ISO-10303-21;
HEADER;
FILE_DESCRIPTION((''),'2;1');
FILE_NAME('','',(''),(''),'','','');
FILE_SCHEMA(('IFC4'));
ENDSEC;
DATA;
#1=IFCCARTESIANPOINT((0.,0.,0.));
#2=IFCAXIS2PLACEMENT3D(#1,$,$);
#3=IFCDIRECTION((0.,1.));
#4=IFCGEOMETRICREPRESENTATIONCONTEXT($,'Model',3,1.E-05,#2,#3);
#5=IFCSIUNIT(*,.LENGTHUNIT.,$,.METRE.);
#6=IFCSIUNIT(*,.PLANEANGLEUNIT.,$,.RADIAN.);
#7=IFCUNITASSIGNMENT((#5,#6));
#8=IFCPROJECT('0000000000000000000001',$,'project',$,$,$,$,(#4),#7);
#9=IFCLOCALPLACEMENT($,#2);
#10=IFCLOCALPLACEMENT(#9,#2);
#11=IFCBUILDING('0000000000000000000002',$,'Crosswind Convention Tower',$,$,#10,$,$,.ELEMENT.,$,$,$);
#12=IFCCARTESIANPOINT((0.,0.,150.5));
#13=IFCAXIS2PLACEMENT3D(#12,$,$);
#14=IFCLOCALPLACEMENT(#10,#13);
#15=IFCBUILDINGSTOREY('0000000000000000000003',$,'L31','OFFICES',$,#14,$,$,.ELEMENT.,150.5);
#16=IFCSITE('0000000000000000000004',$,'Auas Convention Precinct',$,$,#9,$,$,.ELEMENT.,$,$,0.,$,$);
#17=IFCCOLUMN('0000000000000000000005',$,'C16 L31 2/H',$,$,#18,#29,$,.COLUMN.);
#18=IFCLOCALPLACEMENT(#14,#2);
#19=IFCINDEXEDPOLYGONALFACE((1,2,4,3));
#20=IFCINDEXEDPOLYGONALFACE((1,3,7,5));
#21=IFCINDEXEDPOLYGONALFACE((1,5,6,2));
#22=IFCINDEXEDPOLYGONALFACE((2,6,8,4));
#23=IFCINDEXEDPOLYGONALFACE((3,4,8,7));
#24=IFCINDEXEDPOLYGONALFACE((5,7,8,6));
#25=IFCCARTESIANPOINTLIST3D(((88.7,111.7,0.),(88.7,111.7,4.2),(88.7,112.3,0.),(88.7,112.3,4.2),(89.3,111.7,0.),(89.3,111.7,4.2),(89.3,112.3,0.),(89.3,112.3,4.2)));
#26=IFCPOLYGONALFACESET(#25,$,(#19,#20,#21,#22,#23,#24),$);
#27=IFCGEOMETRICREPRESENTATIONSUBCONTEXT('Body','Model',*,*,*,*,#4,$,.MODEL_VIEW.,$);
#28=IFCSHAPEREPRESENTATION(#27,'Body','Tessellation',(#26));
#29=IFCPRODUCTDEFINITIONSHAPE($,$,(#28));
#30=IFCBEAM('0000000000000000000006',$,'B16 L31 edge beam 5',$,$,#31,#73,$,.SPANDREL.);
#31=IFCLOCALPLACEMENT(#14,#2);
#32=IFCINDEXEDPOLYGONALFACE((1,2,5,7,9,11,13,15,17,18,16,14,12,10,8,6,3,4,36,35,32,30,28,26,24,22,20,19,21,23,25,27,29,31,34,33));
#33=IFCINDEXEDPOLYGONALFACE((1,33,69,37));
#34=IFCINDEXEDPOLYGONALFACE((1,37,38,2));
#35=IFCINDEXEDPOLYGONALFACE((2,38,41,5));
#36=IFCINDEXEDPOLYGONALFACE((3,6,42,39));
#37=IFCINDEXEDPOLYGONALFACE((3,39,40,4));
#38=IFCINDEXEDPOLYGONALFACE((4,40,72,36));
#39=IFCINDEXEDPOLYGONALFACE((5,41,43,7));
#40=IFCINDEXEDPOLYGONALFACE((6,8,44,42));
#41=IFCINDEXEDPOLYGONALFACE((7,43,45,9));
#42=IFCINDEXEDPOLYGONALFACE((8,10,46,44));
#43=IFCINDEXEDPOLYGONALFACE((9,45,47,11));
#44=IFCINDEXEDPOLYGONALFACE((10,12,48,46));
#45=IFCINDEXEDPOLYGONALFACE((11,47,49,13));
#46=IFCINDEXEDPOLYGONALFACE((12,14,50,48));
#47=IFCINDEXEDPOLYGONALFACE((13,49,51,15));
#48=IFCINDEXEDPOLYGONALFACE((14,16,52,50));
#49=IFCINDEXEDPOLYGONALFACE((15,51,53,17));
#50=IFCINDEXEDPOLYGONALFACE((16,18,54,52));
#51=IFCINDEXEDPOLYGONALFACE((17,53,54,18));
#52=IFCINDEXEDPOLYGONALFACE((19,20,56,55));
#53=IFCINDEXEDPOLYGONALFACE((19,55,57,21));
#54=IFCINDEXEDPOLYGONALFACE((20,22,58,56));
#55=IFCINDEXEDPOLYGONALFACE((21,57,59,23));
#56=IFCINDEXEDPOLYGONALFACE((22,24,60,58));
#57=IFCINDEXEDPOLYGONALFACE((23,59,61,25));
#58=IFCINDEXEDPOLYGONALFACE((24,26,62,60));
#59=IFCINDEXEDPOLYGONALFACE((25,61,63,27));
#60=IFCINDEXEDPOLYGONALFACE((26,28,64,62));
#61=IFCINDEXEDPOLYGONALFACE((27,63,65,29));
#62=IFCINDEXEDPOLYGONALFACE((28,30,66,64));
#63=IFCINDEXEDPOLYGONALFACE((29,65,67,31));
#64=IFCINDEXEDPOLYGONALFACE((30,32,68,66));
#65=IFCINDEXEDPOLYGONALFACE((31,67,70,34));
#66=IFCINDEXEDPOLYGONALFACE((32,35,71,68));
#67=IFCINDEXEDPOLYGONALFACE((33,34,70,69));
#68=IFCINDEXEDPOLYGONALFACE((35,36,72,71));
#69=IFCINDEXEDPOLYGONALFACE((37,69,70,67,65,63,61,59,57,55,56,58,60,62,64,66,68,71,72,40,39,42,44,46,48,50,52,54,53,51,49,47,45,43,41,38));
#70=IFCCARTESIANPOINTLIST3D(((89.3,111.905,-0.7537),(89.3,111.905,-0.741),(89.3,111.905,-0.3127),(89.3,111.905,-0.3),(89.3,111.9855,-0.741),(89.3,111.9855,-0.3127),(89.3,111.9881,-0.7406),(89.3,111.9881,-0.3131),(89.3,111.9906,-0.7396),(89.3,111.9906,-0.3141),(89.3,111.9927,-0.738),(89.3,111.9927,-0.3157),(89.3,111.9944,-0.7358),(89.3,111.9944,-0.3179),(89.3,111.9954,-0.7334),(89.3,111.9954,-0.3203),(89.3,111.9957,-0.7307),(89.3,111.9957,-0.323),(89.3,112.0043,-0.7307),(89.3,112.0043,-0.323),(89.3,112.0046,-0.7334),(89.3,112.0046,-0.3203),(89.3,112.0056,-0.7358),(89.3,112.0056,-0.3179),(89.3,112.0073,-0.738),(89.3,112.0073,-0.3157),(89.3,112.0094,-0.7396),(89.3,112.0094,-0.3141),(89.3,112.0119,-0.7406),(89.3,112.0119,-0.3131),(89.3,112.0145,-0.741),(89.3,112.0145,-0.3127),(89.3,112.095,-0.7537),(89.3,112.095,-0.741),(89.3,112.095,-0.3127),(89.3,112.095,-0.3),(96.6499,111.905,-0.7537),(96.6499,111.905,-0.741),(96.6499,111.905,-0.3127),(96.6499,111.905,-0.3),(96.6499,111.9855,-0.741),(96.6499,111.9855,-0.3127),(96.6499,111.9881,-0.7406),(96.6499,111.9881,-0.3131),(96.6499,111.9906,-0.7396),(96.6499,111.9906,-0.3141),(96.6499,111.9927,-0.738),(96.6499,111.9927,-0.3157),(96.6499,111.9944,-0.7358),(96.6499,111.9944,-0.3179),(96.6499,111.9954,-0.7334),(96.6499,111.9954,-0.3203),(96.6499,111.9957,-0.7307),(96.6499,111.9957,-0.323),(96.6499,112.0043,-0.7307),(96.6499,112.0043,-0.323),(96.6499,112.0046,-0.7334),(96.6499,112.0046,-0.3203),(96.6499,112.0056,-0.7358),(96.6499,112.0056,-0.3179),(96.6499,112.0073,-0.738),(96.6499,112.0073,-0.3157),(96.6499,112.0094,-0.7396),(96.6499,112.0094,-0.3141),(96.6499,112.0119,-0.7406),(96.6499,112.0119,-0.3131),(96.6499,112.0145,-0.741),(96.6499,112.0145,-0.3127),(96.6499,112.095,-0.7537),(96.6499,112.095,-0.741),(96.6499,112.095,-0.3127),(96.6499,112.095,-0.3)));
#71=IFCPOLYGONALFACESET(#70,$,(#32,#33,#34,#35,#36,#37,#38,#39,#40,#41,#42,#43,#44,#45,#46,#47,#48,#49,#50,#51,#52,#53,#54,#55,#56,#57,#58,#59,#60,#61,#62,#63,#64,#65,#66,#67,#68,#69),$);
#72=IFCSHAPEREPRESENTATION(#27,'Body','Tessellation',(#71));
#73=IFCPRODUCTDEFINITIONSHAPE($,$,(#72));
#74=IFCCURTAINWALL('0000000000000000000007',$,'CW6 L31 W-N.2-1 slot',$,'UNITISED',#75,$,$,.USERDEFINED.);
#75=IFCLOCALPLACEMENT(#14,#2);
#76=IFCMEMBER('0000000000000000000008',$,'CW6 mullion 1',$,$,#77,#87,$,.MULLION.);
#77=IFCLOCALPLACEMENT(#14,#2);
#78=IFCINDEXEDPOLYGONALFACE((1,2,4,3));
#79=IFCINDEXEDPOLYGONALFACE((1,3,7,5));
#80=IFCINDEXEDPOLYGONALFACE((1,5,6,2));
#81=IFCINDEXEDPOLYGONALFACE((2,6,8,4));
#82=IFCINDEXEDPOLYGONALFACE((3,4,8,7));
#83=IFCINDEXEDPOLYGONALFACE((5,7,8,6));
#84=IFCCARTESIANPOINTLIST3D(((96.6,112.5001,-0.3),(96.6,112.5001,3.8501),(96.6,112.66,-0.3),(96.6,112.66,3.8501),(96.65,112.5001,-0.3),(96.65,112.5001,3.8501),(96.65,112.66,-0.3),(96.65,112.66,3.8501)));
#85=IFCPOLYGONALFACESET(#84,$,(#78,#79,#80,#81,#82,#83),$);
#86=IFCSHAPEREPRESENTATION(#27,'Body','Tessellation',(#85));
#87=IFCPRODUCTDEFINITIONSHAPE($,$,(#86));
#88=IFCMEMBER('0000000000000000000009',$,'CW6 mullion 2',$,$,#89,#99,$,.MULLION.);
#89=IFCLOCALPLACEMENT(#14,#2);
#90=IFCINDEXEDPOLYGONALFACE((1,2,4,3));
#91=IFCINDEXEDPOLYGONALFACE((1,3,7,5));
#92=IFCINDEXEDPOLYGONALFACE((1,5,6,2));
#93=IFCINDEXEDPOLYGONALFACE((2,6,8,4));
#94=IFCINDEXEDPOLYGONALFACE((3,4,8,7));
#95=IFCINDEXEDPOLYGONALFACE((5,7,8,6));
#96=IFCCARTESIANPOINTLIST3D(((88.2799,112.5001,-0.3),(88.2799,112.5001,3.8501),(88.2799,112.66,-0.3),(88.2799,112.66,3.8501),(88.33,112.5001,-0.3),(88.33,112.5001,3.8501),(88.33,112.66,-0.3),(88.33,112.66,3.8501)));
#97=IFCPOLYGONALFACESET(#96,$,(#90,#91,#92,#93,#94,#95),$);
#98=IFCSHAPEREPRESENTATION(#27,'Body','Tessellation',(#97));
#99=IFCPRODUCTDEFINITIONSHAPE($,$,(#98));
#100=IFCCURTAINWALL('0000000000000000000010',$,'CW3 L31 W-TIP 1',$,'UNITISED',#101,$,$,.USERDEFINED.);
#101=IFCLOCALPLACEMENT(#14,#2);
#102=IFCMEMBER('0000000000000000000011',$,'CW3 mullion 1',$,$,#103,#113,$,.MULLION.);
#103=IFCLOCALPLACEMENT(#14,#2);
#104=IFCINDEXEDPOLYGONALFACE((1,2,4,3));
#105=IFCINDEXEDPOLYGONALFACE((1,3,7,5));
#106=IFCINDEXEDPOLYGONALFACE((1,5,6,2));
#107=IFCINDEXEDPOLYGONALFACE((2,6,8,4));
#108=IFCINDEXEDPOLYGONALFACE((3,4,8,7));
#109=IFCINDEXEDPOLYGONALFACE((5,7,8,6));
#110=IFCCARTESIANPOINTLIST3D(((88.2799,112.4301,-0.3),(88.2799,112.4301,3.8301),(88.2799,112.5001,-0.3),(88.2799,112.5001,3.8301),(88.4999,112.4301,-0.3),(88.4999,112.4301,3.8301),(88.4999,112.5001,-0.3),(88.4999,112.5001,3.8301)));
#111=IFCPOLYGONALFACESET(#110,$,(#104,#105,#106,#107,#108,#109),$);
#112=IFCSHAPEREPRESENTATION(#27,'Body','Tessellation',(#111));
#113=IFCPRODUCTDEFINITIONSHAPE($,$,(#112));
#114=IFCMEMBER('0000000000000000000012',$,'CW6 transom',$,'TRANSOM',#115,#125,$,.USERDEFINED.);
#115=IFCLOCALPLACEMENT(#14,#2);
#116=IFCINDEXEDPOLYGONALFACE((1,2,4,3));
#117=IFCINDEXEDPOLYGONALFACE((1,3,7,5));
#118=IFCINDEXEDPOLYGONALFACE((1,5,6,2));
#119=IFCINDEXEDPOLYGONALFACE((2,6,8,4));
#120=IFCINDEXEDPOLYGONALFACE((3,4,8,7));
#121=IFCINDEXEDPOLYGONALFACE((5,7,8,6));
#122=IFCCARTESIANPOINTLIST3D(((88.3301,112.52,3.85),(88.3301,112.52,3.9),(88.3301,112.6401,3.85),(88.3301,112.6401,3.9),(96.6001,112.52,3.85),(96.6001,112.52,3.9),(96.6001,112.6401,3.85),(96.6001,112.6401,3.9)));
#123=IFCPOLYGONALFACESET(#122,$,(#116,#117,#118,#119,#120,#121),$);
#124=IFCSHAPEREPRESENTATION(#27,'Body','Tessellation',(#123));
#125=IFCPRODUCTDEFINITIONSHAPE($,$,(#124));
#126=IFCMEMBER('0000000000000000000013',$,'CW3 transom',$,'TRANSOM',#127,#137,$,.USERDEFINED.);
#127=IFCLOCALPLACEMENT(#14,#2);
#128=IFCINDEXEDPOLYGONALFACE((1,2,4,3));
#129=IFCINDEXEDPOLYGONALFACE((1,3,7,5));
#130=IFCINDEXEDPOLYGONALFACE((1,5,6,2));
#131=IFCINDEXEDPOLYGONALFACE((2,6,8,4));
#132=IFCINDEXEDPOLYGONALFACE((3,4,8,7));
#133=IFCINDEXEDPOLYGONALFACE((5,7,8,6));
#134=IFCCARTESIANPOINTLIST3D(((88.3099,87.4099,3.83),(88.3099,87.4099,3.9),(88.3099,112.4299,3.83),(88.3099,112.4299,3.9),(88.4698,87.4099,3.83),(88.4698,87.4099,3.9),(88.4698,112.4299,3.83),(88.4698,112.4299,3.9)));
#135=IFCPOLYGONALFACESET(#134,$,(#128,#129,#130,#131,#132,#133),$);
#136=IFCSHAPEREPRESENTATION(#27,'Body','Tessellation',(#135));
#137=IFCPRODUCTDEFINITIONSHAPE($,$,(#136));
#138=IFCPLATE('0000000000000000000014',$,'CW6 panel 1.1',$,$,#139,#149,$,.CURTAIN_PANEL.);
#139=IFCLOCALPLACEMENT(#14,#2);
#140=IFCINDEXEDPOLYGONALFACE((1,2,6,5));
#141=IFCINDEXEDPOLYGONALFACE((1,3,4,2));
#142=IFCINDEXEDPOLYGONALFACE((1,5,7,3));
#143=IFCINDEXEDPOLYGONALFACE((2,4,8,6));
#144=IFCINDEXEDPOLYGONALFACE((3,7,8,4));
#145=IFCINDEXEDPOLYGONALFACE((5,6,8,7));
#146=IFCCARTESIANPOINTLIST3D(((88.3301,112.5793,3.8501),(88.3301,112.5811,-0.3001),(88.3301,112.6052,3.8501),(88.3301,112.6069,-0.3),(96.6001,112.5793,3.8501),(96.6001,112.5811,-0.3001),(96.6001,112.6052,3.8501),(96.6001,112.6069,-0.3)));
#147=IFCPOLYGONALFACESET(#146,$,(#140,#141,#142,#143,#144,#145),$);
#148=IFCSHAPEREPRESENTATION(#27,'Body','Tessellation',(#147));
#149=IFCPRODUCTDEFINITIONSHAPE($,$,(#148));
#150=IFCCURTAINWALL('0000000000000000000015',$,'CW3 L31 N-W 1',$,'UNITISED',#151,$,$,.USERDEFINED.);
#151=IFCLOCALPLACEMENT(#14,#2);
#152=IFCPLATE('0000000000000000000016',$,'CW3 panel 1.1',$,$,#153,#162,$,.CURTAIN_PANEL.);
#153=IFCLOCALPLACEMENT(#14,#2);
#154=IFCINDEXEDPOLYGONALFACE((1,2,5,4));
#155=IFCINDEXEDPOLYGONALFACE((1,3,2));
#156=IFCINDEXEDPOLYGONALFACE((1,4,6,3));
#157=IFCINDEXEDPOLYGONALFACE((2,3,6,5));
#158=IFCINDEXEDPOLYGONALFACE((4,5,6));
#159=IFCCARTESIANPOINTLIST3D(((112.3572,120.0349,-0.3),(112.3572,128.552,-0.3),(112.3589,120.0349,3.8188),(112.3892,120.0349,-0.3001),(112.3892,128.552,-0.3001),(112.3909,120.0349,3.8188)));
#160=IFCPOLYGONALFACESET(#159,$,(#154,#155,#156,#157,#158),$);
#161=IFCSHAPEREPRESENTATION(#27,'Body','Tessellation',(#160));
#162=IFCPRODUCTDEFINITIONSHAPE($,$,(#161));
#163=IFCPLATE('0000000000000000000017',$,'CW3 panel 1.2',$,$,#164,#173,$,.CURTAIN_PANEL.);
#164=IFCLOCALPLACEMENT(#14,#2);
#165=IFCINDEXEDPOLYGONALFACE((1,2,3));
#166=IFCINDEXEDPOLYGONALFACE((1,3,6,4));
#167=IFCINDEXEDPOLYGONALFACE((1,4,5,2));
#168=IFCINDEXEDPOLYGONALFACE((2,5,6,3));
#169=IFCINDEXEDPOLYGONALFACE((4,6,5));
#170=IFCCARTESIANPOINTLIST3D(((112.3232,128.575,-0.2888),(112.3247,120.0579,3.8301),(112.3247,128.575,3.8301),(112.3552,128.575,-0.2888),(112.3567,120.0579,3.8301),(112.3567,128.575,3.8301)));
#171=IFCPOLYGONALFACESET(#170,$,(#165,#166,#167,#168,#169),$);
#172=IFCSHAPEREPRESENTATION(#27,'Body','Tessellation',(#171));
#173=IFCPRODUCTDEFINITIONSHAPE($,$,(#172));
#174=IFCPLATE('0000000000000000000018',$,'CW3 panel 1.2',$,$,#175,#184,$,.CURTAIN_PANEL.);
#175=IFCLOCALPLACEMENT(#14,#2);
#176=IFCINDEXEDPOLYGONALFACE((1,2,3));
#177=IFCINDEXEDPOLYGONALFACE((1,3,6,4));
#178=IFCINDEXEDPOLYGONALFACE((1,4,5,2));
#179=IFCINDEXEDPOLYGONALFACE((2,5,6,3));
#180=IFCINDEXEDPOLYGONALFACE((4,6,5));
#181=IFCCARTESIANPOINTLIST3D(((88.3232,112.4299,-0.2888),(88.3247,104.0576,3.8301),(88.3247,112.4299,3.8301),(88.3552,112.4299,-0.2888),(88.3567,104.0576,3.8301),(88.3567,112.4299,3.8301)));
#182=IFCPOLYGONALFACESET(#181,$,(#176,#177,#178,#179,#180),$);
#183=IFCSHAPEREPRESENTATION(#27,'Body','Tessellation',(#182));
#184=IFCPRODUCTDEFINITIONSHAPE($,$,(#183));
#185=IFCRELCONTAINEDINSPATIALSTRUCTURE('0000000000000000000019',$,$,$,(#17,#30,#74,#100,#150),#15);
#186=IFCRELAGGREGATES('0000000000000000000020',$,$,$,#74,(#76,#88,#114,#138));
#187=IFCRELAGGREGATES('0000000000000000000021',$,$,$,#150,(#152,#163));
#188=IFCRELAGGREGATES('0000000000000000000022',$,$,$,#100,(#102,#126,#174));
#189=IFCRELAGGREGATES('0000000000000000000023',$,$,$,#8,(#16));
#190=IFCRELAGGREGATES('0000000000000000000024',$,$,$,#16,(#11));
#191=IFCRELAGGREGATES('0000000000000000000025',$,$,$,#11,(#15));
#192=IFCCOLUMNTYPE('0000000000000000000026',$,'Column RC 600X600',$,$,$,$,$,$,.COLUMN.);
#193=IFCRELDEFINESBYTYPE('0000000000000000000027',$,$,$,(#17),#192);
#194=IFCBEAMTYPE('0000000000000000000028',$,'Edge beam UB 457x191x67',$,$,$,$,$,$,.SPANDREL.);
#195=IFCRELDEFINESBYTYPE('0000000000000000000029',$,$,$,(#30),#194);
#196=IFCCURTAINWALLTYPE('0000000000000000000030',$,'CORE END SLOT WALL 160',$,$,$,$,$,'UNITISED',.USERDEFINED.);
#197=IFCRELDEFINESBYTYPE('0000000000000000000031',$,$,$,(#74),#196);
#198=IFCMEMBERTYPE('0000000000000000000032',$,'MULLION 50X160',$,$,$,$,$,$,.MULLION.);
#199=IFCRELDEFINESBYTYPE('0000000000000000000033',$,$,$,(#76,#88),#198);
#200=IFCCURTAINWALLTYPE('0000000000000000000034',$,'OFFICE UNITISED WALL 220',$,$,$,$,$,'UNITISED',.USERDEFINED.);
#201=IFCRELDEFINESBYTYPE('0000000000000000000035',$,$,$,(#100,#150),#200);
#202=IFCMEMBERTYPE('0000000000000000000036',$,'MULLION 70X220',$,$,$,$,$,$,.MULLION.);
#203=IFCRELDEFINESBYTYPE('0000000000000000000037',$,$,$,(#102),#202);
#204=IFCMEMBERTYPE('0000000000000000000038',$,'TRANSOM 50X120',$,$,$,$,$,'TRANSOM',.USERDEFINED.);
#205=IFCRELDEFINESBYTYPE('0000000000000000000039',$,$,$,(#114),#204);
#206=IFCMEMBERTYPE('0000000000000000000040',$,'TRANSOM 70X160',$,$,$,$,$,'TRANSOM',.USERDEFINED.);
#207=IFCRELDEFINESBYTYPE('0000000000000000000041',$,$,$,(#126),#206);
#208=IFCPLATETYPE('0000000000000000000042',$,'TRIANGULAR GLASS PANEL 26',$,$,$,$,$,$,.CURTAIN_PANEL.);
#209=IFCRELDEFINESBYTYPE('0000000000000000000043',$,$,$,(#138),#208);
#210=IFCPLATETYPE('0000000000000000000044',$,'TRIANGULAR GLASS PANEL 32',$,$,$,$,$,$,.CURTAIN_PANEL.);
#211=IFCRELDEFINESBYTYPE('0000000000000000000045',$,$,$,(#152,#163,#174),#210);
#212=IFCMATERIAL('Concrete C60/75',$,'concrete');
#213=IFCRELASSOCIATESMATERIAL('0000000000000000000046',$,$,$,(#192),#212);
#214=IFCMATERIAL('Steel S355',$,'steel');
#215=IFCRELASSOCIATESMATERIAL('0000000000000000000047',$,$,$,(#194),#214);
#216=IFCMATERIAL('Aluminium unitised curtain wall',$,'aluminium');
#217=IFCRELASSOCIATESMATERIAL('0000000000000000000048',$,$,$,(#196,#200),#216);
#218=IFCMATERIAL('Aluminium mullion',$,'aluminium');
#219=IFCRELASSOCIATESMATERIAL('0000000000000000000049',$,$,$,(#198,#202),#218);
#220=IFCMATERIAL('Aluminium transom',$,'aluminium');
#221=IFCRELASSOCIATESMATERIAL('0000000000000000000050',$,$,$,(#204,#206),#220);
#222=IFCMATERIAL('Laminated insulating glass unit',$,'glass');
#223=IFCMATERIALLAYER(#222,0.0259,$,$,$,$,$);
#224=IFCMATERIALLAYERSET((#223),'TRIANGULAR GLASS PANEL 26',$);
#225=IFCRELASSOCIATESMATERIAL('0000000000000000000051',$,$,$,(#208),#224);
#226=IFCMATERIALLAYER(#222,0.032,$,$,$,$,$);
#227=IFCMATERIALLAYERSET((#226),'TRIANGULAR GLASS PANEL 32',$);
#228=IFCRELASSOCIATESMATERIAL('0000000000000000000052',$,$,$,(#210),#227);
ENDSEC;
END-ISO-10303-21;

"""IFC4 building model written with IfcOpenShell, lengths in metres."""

from ifc_helpers import new_model, si_unit, direction, frame, origin, origin_2d, place, context, subcontext, project, spatial, polyline, rectangle, i_section, outline, extrude, material, layer, layer_set, material_profile, profile_set, type_object, element, aggregate, save


model = new_model("IFC4")

# Units and contexts
model_context = context("Model", 3, precision=1e-05, world=origin(), true_north=direction((0.0, 1.0)))
body_context = subcontext(model_context, "Body", "Model", "MODEL_VIEW")
ifc_project = project(units=[si_unit("LENGTHUNIT", "METRE"), si_unit("PLANEANGLEUNIT", "RADIAN")], contexts=[model_context])

# Site, building, storey
site_placement = place(None, origin())
site = spatial("IfcSite", under=ifc_project, at=site_placement, Name="Auas Convention Precinct", CompositionType="ELEMENT", RefElevation=0.0)
building_placement = place(site_placement, origin())
building = spatial("IfcBuilding", under=site, at=building_placement, Name="Crosswind Convention Tower", CompositionType="ELEMENT")
storey_placement = place(building_placement, frame((0.0, 0.0, 150.5)))
storey = spatial("IfcBuildingStorey", under=building, at=storey_placement, Name="L31", Description="OFFICES", CompositionType="ELEMENT", Elevation=150.5)

# Column
ifc_material_1 = material(Name="Concrete C60/75", Category="concrete")
ifc_material_profile_1 = material_profile(ifc_material_1, rectangle(XDim=0.6001, YDim=0.6001, at=origin_2d()), Name="RC 600X600")
ifc_profile_set_1 = profile_set([ifc_material_profile_1], Name="Concrete C60/75")
column_type = type_object("IfcColumnType", Name="Column RC 600X600", PredefinedType="COLUMN", material=ifc_profile_set_1)
column_placement = place(storey_placement, frame((89.0, 112.0, 0.0), z_axis=(0.0, 0.0, 1.0), x_axis=(1.0, 0.0, 0.0)))
element("IfcColumn", 1, at=column_placement, inside=storey, type_object=column_type, Name="C16 L31 2/H", PredefinedType="COLUMN", context=body_context, shape_type="SweptSolid", body=[
    extrude(rectangle(XDim=0.6001, YDim=0.6001, at=origin_2d()), origin(), (0.0, 0.0, 1.0), 4.2),
])

# Beam
ifc_material_2 = material(Name="Steel S355", Category="steel")
ifc_material_profile_2 = material_profile(ifc_material_2, i_section(OverallWidth=0.1899, OverallDepth=0.4536, WebThickness=0.0085, FlangeThickness=0.0127, FilletRadius=0.0103, at=origin_2d()), Name="UB 457x191x67")
ifc_profile_set_2 = profile_set([ifc_material_profile_2], Name="Steel S355")
beam_type = type_object("IfcBeamType", Name="Edge beam UB 457x191x67", PredefinedType="SPANDREL", material=ifc_profile_set_2)
beam_placement = place(storey_placement, frame((89.3, 112.0, -0.5269), z_axis=(1.0, 0.0, 0.0), x_axis=(0.0, 1.0, 0.0)))
element("IfcBeam", 2, at=beam_placement, inside=storey, type_object=beam_type, Name="B16 L31 edge beam 5", PredefinedType="SPANDREL", context=body_context, shape_type="SweptSolid", body=[
    extrude(i_section(OverallWidth=0.1899, OverallDepth=0.4536, WebThickness=0.0085, FlangeThickness=0.0127, FilletRadius=0.0103, at=origin_2d()), origin(), (0.0, 0.0, 1.0), 7.3499),
])

# Curtain wall, members
ifc_material_3 = material(Name="Aluminium unitised curtain wall", Category="aluminium")
curtain_wall_type_1 = type_object("IfcCurtainWallType", Name="CORE END SLOT WALL 160", ElementType="UNITISED", PredefinedType="USERDEFINED", material=ifc_material_3)
curtain_wall_1_placement = place(storey_placement, origin())
curtain_wall_1 = element("IfcCurtainWall", 3, at=curtain_wall_1_placement, inside=storey, type_object=curtain_wall_type_1, Name="CW6 L31 W-N.2-1 slot", ObjectType="UNITISED", PredefinedType="USERDEFINED")
ifc_material_4 = material(Name="Aluminium mullion", Category="aluminium")
ifc_material_profile_3 = material_profile(ifc_material_4, rectangle(XDim=0.1599, YDim=0.05, at=origin_2d()), Name="AL 160X50")
ifc_profile_set_3 = profile_set([ifc_material_profile_3], Name="Aluminium mullion")
member_type_1 = type_object("IfcMemberType", Name="MULLION 50X160", PredefinedType="MULLION", material=ifc_profile_set_3)
member_1_placement = place(storey_placement, frame((96.625, 112.5801, -0.3), z_axis=(0.0, 0.0, 1.0), x_axis=(0.0, 1.0, 0.0)))
member_1 = element("IfcMember", 4, at=member_1_placement, type_object=member_type_1, Name="CW6 mullion 1", PredefinedType="MULLION", context=body_context, shape_type="SweptSolid", body=[
    extrude(rectangle(XDim=0.1599, YDim=0.05, at=origin_2d()), origin(), (0.0, 0.0, 1.0), 4.1501),
])
member_2_placement = place(storey_placement, frame((88.3049, 112.5801, -0.3), z_axis=(0.0, 0.0, 1.0), x_axis=(0.0, 1.0, 0.0)))
member_2 = element("IfcMember", 5, at=member_2_placement, type_object=member_type_1, Name="CW6 mullion 2", PredefinedType="MULLION", context=body_context, shape_type="SweptSolid", body=[
    extrude(rectangle(XDim=0.1599, YDim=0.05, at=origin_2d()), origin(), (0.0, 0.0, 1.0), 4.1501),
])

# Curtain wall, member
curtain_wall_type_2 = type_object("IfcCurtainWallType", Name="OFFICE UNITISED WALL 220", ElementType="UNITISED", PredefinedType="USERDEFINED", material=ifc_material_3)
curtain_wall_2_placement = place(storey_placement, origin())
curtain_wall_2 = element("IfcCurtainWall", 6, at=curtain_wall_2_placement, inside=storey, type_object=curtain_wall_type_2, Name="CW3 L31 W-TIP 1", ObjectType="UNITISED", PredefinedType="USERDEFINED")
ifc_material_profile_4 = material_profile(ifc_material_4, rectangle(XDim=0.22, YDim=0.0701, at=origin_2d()), Name="AL 220X70")
ifc_profile_set_4 = profile_set([ifc_material_profile_4], Name="Aluminium mullion")
member_type_2 = type_object("IfcMemberType", Name="MULLION 70X220", PredefinedType="MULLION", material=ifc_profile_set_4)
member_3_placement = place(storey_placement, frame((88.3899, 112.4651, -0.3), z_axis=(0.0, 0.0, 1.0), x_axis=(-1.0, 0.0, 0.0)))
member_3 = element("IfcMember", 7, at=member_3_placement, type_object=member_type_2, Name="CW3 mullion 1", PredefinedType="MULLION", context=body_context, shape_type="SweptSolid", body=[
    extrude(rectangle(XDim=0.22, YDim=0.0701, at=origin_2d()), origin(), (0.0, 0.0, 1.0), 4.1301),
])

# Members
ifc_material_5 = material(Name="Aluminium transom", Category="aluminium")
ifc_material_profile_5 = material_profile(ifc_material_5, rectangle(XDim=0.1201, YDim=0.05, at=origin_2d()), Name="AL 120X50")
ifc_profile_set_5 = profile_set([ifc_material_profile_5], Name="Aluminium transom")
member_type_3 = type_object("IfcMemberType", Name="TRANSOM 50X120", ElementType="TRANSOM", PredefinedType="USERDEFINED", material=ifc_profile_set_5)
member_4_placement = place(storey_placement, frame((96.6001, 112.5801, 3.875), z_axis=(-1.0, 0.0, 0.0), x_axis=(0.0, -1.0, 0.0)))
member_4 = element("IfcMember", 8, at=member_4_placement, type_object=member_type_3, Name="CW6 transom", ObjectType="TRANSOM", PredefinedType="USERDEFINED", context=body_context, shape_type="SweptSolid", body=[
    extrude(rectangle(XDim=0.1201, YDim=0.05, at=origin_2d()), origin(), (0.0, 0.0, 1.0), 8.27),
])
ifc_material_profile_6 = material_profile(ifc_material_5, rectangle(XDim=0.1599, YDim=0.0701, at=origin_2d()), Name="AL 160X70")
ifc_profile_set_6 = profile_set([ifc_material_profile_6], Name="Aluminium transom")
member_type_4 = type_object("IfcMemberType", Name="TRANSOM 70X160", ElementType="TRANSOM", PredefinedType="USERDEFINED", material=ifc_profile_set_6)
member_5_placement = place(storey_placement, frame((88.3899, 112.4299, 3.865), z_axis=(0.0, -1.0, 0.0), x_axis=(1.0, 0.0, 0.0)))
member_5 = element("IfcMember", 9, at=member_5_placement, type_object=member_type_4, Name="CW3 transom", ObjectType="TRANSOM", PredefinedType="USERDEFINED", context=body_context, shape_type="SweptSolid", body=[
    extrude(rectangle(XDim=0.1599, YDim=0.0701, at=origin_2d()), origin(), (0.0, 0.0, 1.0), 25.02),
])

# Plate
ifc_material_6 = material(Name="Laminated insulating glass unit", Category="glass")
ifc_layer_1 = layer(ifc_material_6, 0.0259)
ifc_layer_set_1 = layer_set([ifc_layer_1], Name="TRIANGULAR GLASS PANEL 26")
plate_type_1 = type_object("IfcPlateType", Name="TRIANGULAR GLASS PANEL 26", PredefinedType="CURTAIN_PANEL", material=ifc_layer_set_1)
plate_1_placement = place(storey_placement, frame((96.6001, 112.6069, -0.3), z_axis=(0.0, 1.0, 0.000412), x_axis=(-1.0, 0.0, 0.0)))
plate_1 = element("IfcPlate", 10, at=plate_1_placement, type_object=plate_type_1, Name="CW6 panel 1.1", PredefinedType="CURTAIN_PANEL", context=body_context, shape_type="SweptSolid", body=[
    extrude(outline(polyline([(0.0, 0.0), (8.27, 0.0), (8.27, 4.1501), (0.0, 4.1501), (0.0, 0.0)])), origin(), (0.0, 0.0, -1.0), 0.0259),
])
aggregate(curtain_wall_1, [member_1, member_2, member_4, plate_1])

# Curtain wall, plates
curtain_wall_3_placement = place(storey_placement, origin())
curtain_wall_3 = element("IfcCurtainWall", 11, at=curtain_wall_3_placement, inside=storey, type_object=curtain_wall_type_2, Name="CW3 L31 N-W 1", ObjectType="UNITISED", PredefinedType="USERDEFINED")
ifc_layer_2 = layer(ifc_material_6, 0.032)
ifc_layer_set_2 = layer_set([ifc_layer_2], Name="TRIANGULAR GLASS PANEL 32")
plate_type_2 = type_object("IfcPlateType", Name="TRIANGULAR GLASS PANEL 32", PredefinedType="CURTAIN_PANEL", material=ifc_layer_set_2)
plate_2_placement = place(storey_placement, frame((112.3572, 120.0349, -0.3), z_axis=(-1.0, 0.0, 0.000415), x_axis=(0.000415, 0.0, 1.0)))
plate_2 = element("IfcPlate", 12, at=plate_2_placement, type_object=plate_type_2, Name="CW3 panel 1.1", PredefinedType="CURTAIN_PANEL", context=body_context, shape_type="SweptSolid", body=[
    extrude(outline(polyline([(0.0, 0.0), (4.1189, 0.0), (0.0, 8.5171), (0.0, 0.0)])), origin(), (0.0, 0.0, -1.0), 0.032),
])
plate_3_placement = place(storey_placement, frame((112.3247, 128.575, 3.8301), z_axis=(-1.0, 0.0, 0.000356), x_axis=(-0.000356, 0.0, -1.0)))
plate_3 = element("IfcPlate", 13, at=plate_3_placement, type_object=plate_type_2, Name="CW3 panel 1.2", PredefinedType="CURTAIN_PANEL", context=body_context, shape_type="SweptSolid", body=[
    extrude(outline(polyline([(0.0, 0.0), (4.1189, 0.0), (0.0, 8.5171), (0.0, 0.0)])), origin(), (0.0, 0.0, -1.0), 0.032),
])

# Plate
plate_4_placement = place(storey_placement, frame((88.3247, 112.4299, 3.8301), z_axis=(-1.0, 0.0, 0.000356), x_axis=(-0.000356, 0.0, -1.0)))
plate_4 = element("IfcPlate", 14, at=plate_4_placement, type_object=plate_type_2, Name="CW3 panel 1.2", PredefinedType="CURTAIN_PANEL", context=body_context, shape_type="SweptSolid", body=[
    extrude(outline(polyline([(0.0, 0.0), (4.1189, 0.0), (0.0, 8.3723), (0.0, 0.0)])), origin(), (0.0, 0.0, -1.0), 0.032),
])

aggregate(curtain_wall_3, [plate_2, plate_3])
aggregate(curtain_wall_2, [member_3, member_5, plate_4])

save(model, "model.ifc")
